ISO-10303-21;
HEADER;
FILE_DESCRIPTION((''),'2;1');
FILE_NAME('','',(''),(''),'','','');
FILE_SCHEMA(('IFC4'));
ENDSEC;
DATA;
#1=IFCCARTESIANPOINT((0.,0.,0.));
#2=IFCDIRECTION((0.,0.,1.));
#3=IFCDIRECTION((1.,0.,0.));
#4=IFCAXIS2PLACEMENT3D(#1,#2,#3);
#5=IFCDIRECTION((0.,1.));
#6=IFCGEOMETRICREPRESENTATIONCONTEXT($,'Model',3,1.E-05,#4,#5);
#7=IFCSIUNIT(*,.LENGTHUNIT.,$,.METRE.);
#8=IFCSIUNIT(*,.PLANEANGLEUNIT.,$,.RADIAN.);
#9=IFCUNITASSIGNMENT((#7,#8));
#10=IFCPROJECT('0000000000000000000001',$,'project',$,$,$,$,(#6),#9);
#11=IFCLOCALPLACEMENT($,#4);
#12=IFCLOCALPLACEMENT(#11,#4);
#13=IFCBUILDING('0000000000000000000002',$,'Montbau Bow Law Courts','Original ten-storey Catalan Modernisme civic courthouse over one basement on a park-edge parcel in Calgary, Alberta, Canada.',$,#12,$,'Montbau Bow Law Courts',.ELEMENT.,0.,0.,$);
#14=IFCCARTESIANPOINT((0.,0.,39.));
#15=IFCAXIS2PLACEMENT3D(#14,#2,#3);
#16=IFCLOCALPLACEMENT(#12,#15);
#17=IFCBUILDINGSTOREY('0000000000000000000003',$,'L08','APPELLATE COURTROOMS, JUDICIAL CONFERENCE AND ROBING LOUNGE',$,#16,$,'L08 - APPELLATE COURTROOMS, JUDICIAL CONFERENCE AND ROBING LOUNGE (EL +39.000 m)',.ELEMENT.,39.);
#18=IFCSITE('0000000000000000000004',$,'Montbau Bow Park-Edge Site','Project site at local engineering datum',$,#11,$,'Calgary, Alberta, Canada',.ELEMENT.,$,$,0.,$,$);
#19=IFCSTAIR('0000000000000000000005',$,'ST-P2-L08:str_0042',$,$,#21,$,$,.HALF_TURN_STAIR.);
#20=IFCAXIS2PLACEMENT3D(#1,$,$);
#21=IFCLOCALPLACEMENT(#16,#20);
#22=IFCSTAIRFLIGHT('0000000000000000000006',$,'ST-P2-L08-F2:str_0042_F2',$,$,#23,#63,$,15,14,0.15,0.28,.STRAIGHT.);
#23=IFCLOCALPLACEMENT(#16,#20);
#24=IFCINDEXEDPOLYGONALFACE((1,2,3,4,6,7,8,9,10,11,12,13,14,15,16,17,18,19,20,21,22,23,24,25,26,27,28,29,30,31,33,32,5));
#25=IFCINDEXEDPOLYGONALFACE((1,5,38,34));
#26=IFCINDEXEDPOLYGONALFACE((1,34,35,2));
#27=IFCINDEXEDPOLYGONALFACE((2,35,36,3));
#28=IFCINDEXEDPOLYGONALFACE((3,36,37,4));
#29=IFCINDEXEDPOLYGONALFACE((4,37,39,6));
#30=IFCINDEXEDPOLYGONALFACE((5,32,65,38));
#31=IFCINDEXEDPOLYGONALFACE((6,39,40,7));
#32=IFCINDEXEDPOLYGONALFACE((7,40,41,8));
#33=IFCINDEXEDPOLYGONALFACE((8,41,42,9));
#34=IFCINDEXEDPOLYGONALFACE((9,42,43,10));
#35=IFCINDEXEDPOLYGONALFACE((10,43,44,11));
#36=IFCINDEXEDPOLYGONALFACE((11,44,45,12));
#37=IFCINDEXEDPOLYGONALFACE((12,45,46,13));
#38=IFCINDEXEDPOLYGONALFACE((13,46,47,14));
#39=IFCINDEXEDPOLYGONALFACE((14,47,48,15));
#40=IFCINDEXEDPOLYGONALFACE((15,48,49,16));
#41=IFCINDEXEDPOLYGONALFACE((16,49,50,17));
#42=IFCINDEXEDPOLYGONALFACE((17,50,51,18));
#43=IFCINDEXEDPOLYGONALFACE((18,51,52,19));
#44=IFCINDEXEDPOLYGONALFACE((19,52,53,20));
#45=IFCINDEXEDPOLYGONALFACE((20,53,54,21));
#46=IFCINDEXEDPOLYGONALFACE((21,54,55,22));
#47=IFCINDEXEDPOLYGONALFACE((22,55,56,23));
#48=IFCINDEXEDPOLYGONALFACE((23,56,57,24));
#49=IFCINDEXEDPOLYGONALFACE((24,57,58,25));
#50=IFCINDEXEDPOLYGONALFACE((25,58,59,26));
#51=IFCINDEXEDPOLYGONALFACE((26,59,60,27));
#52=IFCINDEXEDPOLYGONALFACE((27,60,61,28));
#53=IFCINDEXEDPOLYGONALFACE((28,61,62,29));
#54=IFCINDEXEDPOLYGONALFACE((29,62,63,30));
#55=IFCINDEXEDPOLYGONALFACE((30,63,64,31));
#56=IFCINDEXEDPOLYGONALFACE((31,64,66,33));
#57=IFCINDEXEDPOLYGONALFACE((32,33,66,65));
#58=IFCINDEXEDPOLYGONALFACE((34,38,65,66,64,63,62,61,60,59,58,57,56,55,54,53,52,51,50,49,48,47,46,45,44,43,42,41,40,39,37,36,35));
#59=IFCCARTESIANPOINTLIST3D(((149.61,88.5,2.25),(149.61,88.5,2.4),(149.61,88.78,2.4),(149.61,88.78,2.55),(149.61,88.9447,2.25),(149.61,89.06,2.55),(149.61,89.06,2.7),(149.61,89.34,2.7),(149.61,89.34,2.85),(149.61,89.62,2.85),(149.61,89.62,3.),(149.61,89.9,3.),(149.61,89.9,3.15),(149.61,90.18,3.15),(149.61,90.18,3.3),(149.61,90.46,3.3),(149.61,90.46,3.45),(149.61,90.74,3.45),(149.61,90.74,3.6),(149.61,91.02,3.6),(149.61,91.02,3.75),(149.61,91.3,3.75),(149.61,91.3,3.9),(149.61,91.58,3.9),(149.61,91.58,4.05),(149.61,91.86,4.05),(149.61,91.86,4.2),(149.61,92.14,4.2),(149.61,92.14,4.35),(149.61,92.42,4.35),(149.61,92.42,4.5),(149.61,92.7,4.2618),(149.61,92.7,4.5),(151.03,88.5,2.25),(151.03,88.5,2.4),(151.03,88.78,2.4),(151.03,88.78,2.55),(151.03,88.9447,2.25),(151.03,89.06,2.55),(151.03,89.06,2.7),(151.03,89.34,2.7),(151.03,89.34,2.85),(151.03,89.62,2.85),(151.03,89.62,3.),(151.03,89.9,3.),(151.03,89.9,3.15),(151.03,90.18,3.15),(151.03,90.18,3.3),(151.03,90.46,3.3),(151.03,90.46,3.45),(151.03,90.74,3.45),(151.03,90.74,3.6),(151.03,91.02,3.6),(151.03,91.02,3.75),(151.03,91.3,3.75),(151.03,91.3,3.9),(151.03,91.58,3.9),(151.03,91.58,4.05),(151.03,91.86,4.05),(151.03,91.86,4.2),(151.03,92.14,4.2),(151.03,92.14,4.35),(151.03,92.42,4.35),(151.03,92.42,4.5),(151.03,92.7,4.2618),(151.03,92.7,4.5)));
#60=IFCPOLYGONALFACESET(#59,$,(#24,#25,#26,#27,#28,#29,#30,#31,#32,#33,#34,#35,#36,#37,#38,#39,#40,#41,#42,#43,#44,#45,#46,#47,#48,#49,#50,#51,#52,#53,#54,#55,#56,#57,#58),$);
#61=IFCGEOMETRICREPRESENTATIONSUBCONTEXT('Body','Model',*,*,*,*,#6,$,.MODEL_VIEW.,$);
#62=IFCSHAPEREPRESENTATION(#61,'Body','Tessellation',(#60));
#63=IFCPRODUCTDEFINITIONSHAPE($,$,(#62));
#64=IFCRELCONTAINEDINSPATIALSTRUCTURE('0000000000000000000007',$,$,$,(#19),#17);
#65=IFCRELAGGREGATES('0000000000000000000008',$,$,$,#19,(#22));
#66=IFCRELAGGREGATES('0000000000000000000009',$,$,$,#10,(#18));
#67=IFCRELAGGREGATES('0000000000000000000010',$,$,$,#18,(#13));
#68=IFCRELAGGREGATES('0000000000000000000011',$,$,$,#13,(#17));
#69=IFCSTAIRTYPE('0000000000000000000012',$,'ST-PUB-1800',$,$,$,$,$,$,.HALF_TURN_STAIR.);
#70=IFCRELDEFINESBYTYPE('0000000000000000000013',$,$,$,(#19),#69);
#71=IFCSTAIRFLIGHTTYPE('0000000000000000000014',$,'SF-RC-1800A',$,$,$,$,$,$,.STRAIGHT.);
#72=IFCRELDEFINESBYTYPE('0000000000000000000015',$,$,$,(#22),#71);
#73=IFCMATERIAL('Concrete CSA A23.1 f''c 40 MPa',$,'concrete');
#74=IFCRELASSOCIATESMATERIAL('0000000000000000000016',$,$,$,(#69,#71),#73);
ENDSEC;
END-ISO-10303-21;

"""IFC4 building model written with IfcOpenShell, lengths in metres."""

from ifc_helpers import new_model, si_unit, direction, frame, origin_with_axes, place, context, subcontext, project, spatial, polyline, outline, extrude, material, type_object, element, aggregate, save


model = new_model("IFC4")

# Units and contexts
model_context = context("Model", 3, precision=1e-05, world=origin_with_axes(), true_north=direction((0.0, 1.0)))
body_context = subcontext(model_context, "Body", "Model", "MODEL_VIEW")
ifc_project = project(units=[si_unit("LENGTHUNIT", "METRE"), si_unit("PLANEANGLEUNIT", "RADIAN")], contexts=[model_context])

# Site, building, storey
site_placement = place(None, origin_with_axes())
site = spatial("IfcSite", under=ifc_project, at=site_placement, Name="Montbau Bow Park-Edge Site", Description="Project site at local engineering datum", LongName="Calgary, Alberta, Canada", CompositionType="ELEMENT", RefElevation=0.0)
building_placement = place(site_placement, origin_with_axes())
building = spatial("IfcBuilding", under=site, at=building_placement, Name="Montbau Bow Law Courts", Description="Original ten-storey Catalan Modernisme civic courthouse over one basement on a park-edge parcel in Calgary, Alberta, Canada.", LongName="Montbau Bow Law Courts", CompositionType="ELEMENT", ElevationOfRefHeight=0.0, ElevationOfTerrain=0.0)
storey_placement = place(building_placement, frame((0.0, 0.0, 39.0), z_axis=(0.0, 0.0, 1.0), x_axis=(1.0, 0.0, 0.0)))
storey = spatial("IfcBuildingStorey", under=building, at=storey_placement, Name="L08", Description="APPELLATE COURTROOMS, JUDICIAL CONFERENCE AND ROBING LOUNGE", LongName="L08 - APPELLATE COURTROOMS, JUDICIAL CONFERENCE AND ROBING LOUNGE (EL +39.000 m)", CompositionType="ELEMENT", Elevation=39.0)

# Stair, stair flight
ifc_material_1 = material(Name="Concrete CSA A23.1 f'c 40 MPa", Category="concrete")
stair_type = type_object("IfcStairType", Name="ST-PUB-1800", PredefinedType="HALF_TURN_STAIR", material=ifc_material_1)
stair_placement = place(None, frame((148.53, 92.7, 39.0), z_axis=(0.0, 0.0, 1.0), x_axis=(1.0, 0.0, 0.0)))
stair = element("IfcStair", 1, at=stair_placement, inside=storey, type_object=stair_type, Name="ST-P2-L08:str_0042", PredefinedType="HALF_TURN_STAIR")
stair_flight_type = type_object("IfcStairFlightType", Name="SF-RC-1800A", PredefinedType="STRAIGHT", material=ifc_material_1)
stair_flight_1_placement = place(None, frame((150.32, 88.5, 41.25), z_axis=(0.0, 0.0, 1.0), x_axis=(0.0, 1.0, 0.0)))
stair_flight_1 = element("IfcStairFlight", 2, at=stair_flight_1_placement, type_object=stair_flight_type, Name="ST-P2-L08-F2:str_0042_F2", NumberOfRisers=15, NumberOfTreads=14, PredefinedType="STRAIGHT", RiserHeight=0.15, TreadLength=0.28, context=body_context, shape_type="SweptSolid", body=[
    extrude(outline(polyline([(0.0, 0.0), (0.0, 0.15), (0.28, 0.15), (0.28, 0.3), (0.56, 0.3), (0.56, 0.45), (0.84, 0.45), (0.84, 0.6), (1.12, 0.6), (1.12, 0.75), (1.4, 0.75), (1.4, 0.9), (1.68, 0.9), (1.68, 1.05), (1.96, 1.05), (1.96, 1.2), (2.24, 1.2), (2.24, 1.35), (2.52, 1.35), (2.52, 1.5), (2.8, 1.5), (2.8, 1.65), (3.08, 1.65), (3.08, 1.8), (3.36, 1.8), (3.36, 1.95), (3.64, 1.95), (3.64, 2.1), (3.92, 2.1), (3.92, 2.25), (4.2, 2.25), (4.2, 2.0118), (0.4447, 0.0), (0.0, 0.0)])), frame((0.0, 0.71, 0.0), z_axis=(0.0, -1.0, 0.0), x_axis=(1.0, 0.0, 0.0)), (0.0, 0.0, 1.0), 1.42),
])
aggregate(stair, [stair_flight_1])

save(model, "model.ifc")
